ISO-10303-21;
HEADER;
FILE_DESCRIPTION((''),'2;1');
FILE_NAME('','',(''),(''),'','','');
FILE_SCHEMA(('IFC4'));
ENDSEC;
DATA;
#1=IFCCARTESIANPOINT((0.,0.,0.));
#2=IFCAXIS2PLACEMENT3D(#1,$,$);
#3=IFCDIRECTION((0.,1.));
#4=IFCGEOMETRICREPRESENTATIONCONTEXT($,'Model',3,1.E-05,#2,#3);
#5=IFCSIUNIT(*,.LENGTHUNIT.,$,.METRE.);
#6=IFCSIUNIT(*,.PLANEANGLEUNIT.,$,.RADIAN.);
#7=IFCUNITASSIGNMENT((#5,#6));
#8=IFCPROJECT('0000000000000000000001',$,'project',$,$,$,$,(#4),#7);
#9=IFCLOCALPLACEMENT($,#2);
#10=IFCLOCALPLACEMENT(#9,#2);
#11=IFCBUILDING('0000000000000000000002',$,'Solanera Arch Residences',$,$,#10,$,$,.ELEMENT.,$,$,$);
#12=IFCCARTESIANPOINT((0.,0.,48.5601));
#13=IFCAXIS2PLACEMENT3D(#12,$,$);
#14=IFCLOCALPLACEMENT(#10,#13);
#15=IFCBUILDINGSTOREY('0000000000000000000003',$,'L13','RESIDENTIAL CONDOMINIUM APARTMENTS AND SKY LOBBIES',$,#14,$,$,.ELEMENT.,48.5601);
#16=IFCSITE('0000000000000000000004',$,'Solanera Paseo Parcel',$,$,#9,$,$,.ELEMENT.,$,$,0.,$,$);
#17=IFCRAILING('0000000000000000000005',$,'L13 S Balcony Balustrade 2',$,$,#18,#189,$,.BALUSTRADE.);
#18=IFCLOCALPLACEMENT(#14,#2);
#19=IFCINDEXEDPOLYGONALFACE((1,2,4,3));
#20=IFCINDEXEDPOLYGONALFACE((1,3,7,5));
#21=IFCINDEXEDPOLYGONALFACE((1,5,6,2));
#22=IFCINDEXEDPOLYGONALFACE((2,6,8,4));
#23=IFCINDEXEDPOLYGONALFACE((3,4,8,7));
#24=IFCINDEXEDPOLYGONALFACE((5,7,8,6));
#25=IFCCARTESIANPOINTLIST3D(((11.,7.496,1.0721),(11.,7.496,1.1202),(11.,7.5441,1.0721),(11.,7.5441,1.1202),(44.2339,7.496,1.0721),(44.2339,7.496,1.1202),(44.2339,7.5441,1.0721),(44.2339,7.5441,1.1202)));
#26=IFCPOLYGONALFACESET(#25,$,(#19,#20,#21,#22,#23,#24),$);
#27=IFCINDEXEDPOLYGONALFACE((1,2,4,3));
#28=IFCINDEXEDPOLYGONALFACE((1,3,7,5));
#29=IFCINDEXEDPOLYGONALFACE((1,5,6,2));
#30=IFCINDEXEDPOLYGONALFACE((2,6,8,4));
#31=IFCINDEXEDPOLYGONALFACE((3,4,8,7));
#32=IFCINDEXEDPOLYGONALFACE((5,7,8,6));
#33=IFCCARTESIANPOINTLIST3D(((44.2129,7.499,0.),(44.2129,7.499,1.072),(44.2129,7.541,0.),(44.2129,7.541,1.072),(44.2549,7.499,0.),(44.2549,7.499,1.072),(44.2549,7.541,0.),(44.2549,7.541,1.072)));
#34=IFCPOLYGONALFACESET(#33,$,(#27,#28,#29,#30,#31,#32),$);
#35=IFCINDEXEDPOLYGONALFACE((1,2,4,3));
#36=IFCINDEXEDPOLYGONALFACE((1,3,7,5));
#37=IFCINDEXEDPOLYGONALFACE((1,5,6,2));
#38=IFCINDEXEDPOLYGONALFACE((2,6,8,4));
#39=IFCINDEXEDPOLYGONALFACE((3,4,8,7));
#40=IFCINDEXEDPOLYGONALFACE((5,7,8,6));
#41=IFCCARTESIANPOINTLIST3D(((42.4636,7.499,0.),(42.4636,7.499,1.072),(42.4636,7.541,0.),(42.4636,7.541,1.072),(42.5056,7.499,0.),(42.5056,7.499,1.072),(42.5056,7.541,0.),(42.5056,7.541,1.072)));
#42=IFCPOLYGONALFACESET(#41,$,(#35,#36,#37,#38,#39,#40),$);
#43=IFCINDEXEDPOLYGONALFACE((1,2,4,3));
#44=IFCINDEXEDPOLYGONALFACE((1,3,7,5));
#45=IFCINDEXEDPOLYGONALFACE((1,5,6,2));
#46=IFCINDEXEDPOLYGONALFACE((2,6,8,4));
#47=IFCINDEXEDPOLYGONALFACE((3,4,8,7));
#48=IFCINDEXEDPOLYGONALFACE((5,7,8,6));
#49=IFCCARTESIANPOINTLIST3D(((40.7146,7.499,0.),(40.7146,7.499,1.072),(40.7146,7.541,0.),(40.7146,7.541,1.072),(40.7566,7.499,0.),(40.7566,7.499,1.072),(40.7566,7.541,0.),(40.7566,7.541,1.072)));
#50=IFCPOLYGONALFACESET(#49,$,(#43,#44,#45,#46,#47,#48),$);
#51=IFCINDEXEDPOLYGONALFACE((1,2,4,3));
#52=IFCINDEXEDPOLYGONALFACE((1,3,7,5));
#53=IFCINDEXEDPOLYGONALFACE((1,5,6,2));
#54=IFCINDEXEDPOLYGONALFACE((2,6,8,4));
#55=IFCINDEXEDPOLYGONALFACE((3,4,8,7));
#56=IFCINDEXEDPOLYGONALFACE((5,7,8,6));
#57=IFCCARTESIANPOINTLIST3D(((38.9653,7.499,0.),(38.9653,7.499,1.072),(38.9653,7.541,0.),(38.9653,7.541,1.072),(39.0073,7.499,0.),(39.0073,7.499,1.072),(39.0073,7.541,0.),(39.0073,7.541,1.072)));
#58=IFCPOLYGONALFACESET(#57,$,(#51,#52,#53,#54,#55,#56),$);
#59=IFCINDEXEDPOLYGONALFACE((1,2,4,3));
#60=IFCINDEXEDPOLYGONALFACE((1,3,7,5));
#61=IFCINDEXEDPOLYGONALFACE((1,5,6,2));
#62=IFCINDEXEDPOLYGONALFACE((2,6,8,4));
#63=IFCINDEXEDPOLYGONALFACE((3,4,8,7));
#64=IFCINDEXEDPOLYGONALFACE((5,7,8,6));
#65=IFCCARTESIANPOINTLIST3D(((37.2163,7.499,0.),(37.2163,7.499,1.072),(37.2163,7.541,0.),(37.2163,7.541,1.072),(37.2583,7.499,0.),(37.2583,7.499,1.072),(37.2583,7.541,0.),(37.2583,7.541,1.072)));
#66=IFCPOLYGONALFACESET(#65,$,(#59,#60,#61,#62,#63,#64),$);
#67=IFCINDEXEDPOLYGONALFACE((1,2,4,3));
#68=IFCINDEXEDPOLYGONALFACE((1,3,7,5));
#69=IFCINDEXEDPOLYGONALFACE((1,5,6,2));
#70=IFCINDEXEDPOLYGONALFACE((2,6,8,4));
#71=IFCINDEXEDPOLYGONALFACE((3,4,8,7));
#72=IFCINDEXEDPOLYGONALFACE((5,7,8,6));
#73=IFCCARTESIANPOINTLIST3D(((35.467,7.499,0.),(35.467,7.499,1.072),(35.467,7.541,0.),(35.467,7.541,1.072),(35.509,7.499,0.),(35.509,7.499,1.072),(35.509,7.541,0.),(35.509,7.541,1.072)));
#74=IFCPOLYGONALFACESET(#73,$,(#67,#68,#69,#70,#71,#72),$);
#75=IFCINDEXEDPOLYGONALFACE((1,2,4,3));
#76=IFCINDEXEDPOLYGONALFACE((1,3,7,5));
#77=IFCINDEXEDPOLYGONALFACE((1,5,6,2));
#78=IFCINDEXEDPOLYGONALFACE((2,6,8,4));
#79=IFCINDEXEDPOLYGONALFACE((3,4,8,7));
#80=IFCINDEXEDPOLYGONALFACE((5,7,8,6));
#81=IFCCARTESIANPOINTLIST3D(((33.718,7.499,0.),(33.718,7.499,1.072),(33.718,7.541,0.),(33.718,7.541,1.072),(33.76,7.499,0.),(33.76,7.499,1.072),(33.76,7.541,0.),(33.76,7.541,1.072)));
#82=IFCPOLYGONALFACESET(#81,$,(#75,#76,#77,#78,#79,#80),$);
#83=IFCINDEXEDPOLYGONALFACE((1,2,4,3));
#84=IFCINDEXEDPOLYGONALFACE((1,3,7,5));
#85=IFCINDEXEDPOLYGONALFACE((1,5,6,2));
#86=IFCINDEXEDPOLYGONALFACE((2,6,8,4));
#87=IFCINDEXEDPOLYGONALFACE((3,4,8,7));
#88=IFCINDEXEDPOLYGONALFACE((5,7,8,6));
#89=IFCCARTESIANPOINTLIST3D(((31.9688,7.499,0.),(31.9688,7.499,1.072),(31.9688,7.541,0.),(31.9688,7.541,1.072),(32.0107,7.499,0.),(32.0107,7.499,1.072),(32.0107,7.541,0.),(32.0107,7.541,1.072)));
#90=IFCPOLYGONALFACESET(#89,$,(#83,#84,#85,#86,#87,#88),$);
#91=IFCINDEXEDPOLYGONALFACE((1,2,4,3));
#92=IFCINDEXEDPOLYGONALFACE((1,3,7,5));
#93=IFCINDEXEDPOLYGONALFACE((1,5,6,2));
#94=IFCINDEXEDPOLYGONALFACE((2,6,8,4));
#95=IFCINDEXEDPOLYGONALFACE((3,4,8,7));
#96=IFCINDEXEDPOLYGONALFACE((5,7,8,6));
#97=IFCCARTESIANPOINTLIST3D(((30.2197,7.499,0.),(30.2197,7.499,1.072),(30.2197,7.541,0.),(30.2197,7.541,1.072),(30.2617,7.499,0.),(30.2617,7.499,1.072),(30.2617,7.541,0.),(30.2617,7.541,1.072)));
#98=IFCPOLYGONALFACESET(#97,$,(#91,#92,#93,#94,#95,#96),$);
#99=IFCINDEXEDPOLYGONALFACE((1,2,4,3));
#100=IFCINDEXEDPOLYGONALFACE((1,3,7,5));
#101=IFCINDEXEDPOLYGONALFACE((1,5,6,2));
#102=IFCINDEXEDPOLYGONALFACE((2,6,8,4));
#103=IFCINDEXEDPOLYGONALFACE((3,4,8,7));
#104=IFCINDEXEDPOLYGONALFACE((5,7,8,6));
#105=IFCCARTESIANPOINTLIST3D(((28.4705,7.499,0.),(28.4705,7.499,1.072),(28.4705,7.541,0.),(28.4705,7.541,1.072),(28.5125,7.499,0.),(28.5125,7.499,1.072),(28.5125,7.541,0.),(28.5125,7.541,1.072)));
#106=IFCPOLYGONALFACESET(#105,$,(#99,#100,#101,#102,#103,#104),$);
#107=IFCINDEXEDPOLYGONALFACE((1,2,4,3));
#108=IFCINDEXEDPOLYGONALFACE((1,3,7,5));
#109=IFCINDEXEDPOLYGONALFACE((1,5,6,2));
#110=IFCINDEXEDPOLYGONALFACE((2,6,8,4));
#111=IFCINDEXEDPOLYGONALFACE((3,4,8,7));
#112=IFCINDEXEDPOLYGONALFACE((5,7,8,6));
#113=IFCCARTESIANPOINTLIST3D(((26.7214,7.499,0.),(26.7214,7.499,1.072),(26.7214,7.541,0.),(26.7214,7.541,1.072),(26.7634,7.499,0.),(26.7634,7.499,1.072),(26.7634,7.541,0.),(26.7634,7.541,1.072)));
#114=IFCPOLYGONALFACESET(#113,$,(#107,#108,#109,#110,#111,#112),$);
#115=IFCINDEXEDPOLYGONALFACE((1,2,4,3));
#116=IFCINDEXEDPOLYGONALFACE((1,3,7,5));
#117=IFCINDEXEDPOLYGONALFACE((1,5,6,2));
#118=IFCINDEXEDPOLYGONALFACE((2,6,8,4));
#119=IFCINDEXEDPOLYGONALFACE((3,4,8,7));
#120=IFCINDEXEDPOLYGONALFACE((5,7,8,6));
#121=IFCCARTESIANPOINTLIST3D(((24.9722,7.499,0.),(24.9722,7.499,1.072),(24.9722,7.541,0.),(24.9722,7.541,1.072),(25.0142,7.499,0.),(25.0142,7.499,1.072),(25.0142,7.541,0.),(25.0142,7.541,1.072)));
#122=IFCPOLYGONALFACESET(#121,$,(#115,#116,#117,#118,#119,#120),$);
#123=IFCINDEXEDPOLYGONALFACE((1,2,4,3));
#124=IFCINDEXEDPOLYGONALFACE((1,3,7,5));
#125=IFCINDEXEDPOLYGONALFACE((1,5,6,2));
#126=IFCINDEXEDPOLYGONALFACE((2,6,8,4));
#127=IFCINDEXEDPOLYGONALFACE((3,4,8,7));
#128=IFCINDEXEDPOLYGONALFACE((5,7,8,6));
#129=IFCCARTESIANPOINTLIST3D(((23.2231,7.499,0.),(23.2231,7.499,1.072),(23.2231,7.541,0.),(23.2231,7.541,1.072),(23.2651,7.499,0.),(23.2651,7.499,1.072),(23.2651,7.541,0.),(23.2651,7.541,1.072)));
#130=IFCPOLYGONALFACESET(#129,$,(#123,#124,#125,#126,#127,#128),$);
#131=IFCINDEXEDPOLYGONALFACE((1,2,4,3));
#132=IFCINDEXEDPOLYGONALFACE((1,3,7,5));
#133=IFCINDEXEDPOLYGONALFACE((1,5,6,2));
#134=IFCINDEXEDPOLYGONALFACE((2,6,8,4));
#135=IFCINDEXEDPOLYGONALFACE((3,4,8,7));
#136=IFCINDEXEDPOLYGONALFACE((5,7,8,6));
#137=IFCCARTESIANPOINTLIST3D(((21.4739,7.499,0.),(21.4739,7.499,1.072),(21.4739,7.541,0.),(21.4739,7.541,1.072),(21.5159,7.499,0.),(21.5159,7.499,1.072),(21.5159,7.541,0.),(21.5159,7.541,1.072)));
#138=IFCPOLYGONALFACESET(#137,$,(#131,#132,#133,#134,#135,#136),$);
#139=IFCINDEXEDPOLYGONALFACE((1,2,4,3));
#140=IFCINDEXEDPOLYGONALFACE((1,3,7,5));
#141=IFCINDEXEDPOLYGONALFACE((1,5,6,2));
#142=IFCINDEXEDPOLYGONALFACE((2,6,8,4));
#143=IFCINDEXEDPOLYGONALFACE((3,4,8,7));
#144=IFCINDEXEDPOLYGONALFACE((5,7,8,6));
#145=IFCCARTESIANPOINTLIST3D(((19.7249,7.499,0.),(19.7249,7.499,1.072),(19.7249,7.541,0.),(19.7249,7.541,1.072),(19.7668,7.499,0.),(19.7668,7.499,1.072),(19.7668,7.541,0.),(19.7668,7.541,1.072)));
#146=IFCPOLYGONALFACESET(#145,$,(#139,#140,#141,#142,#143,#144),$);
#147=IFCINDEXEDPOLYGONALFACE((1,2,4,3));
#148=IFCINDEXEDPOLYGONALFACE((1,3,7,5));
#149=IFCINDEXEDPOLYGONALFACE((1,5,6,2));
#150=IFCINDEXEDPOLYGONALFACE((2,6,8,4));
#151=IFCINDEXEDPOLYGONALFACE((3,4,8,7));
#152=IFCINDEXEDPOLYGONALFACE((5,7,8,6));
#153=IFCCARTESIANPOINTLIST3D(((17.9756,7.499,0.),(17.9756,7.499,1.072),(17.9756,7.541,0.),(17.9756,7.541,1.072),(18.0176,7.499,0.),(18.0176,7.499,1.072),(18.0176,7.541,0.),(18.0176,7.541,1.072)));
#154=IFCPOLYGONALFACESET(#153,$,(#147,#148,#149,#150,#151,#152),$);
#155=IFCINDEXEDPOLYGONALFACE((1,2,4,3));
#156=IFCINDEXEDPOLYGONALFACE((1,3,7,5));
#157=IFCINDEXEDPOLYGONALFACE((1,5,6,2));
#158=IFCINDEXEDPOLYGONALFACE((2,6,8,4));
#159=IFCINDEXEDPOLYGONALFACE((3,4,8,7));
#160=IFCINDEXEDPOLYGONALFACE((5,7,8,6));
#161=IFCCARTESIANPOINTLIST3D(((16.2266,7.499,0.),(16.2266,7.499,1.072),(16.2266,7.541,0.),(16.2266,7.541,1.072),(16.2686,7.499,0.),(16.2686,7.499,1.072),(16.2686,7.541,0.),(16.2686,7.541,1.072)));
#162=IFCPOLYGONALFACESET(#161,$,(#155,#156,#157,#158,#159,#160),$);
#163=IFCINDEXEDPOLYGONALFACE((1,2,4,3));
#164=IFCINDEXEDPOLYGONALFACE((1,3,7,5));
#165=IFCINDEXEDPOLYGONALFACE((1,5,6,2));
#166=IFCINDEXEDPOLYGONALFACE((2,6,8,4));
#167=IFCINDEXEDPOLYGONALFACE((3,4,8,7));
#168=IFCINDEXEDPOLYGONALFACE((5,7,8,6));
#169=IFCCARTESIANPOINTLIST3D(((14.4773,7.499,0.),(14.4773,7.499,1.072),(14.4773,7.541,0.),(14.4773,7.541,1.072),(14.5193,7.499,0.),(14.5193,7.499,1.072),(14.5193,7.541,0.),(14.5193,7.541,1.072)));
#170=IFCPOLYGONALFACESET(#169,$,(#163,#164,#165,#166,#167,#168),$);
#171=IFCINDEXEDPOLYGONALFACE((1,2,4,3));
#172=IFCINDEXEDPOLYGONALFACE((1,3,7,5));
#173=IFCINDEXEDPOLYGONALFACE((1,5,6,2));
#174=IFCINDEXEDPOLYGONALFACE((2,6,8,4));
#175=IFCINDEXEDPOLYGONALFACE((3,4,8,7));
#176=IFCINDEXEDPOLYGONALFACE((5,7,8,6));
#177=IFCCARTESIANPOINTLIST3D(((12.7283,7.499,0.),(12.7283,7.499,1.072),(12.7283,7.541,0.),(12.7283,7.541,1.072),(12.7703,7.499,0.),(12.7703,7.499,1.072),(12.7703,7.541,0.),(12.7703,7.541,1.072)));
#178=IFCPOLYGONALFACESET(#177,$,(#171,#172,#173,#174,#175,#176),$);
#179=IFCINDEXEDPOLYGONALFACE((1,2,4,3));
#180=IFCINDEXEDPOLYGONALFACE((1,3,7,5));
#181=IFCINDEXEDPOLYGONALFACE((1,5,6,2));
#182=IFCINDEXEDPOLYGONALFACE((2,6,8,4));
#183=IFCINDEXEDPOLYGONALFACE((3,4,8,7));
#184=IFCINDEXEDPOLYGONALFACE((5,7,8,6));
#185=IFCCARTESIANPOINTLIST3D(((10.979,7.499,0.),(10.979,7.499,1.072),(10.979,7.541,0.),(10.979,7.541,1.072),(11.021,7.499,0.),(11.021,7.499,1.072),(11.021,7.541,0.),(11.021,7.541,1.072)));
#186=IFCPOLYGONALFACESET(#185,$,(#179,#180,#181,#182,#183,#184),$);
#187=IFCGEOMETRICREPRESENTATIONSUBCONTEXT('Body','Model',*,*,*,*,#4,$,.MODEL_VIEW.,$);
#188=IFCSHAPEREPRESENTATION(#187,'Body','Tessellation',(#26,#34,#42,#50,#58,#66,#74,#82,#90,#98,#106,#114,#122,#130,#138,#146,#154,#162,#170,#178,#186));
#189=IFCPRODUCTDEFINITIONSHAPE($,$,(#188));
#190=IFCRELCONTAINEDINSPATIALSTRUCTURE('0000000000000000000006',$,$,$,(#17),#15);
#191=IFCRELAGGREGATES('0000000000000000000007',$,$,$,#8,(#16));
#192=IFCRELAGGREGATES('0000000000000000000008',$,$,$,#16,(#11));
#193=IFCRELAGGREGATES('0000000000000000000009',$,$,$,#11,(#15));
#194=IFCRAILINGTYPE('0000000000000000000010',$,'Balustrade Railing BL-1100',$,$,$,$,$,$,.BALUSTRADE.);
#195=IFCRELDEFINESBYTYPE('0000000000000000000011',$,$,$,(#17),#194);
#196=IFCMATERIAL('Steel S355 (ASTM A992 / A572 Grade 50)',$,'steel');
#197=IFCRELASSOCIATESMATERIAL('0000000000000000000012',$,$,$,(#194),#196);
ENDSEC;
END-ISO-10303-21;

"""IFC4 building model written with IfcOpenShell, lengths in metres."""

from ifc_helpers import new_model, si_unit, direction, frame, origin, origin_2d, place, context, subcontext, project, spatial, rectangle, extrude, material, type_object, element, save


model = new_model("IFC4")

# Units and contexts
model_context = context("Model", 3, precision=1e-05, world=origin(), true_north=direction((0.0, 1.0)))
body_context = subcontext(model_context, "Body", "Model", "MODEL_VIEW")
ifc_project = project(units=[si_unit("LENGTHUNIT", "METRE"), si_unit("PLANEANGLEUNIT", "RADIAN")], contexts=[model_context])

# Site, building, storey
site_placement = place(None, origin())
site = spatial("IfcSite", under=ifc_project, at=site_placement, Name="Solanera Paseo Parcel", CompositionType="ELEMENT", RefElevation=0.0)
building_placement = place(site_placement, origin())
building = spatial("IfcBuilding", under=site, at=building_placement, Name="Solanera Arch Residences", CompositionType="ELEMENT")
storey_placement = place(building_placement, frame((0.0, 0.0, 48.5601)))
storey = spatial("IfcBuildingStorey", under=building, at=storey_placement, Name="L13", Description="RESIDENTIAL CONDOMINIUM APARTMENTS AND SKY LOBBIES", CompositionType="ELEMENT", Elevation=48.5601)

# Railing
ifc_material_1 = material(Name="Steel S355 (ASTM A992 / A572 Grade 50)", Category="steel")
railing_type = type_object("IfcRailingType", Name="Balustrade Railing BL-1100", PredefinedType="BALUSTRADE", material=ifc_material_1)
railing_1_placement = place(storey_placement, frame((44.2339, 7.52, 0.0)))
element("IfcRailing", 1, at=railing_1_placement, inside=storey, type_object=railing_type, Name="L13 S Balcony Balustrade 2", PredefinedType="BALUSTRADE", context=body_context, shape_type="SweptSolid", body=[
    extrude(rectangle(XDim=0.0481, YDim=0.0481, at=origin_2d()), frame((0.0, 0.0, 1.0962), z_axis=(-1.0, 0.0, 0.0), x_axis=(0.0, -1.0, 0.0)), (0.0, 0.0, 1.0), 33.2339),
    extrude(rectangle(XDim=0.042, YDim=0.042, at=origin_2d()), origin(), (0.0, 0.0, 1.0), 1.072),
    extrude(rectangle(XDim=0.042, YDim=0.042, at=origin_2d()), frame((-1.7493, 0.0, 0.0)), (0.0, 0.0, 1.0), 1.072),
    extrude(rectangle(XDim=0.042, YDim=0.042, at=origin_2d()), frame((-3.4983, 0.0, 0.0)), (0.0, 0.0, 1.0), 1.072),
    extrude(rectangle(XDim=0.042, YDim=0.042, at=origin_2d()), frame((-5.2476, 0.0, 0.0)), (0.0, 0.0, 1.0), 1.072),
    extrude(rectangle(XDim=0.042, YDim=0.042, at=origin_2d()), frame((-6.9966, 0.0, 0.0)), (0.0, 0.0, 1.0), 1.072),
    extrude(rectangle(XDim=0.042, YDim=0.042, at=origin_2d()), frame((-8.7458, 0.0, 0.0)), (0.0, 0.0, 1.0), 1.072),
    extrude(rectangle(XDim=0.042, YDim=0.042, at=origin_2d()), frame((-10.4949, 0.0, 0.0)), (0.0, 0.0, 1.0), 1.072),
    extrude(rectangle(XDim=0.042, YDim=0.042, at=origin_2d()), frame((-12.2441, 0.0, 0.0)), (0.0, 0.0, 1.0), 1.072),
    extrude(rectangle(XDim=0.042, YDim=0.042, at=origin_2d()), frame((-13.9932, 0.0, 0.0)), (0.0, 0.0, 1.0), 1.072),
    extrude(rectangle(XDim=0.042, YDim=0.042, at=origin_2d()), frame((-15.7424, 0.0, 0.0)), (0.0, 0.0, 1.0), 1.072),
    extrude(rectangle(XDim=0.042, YDim=0.042, at=origin_2d()), frame((-17.4915, 0.0, 0.0)), (0.0, 0.0, 1.0), 1.072),
    extrude(rectangle(XDim=0.042, YDim=0.042, at=origin_2d()), frame((-19.2407, 0.0, 0.0)), (0.0, 0.0, 1.0), 1.072),
    extrude(rectangle(XDim=0.042, YDim=0.042, at=origin_2d()), frame((-20.9897, 0.0, 0.0)), (0.0, 0.0, 1.0), 1.072),
    extrude(rectangle(XDim=0.042, YDim=0.042, at=origin_2d()), frame((-22.739, 0.0, 0.0)), (0.0, 0.0, 1.0), 1.072),
    extrude(rectangle(XDim=0.042, YDim=0.042, at=origin_2d()), frame((-24.488, 0.0, 0.0)), (0.0, 0.0, 1.0), 1.072),
    extrude(rectangle(XDim=0.042, YDim=0.042, at=origin_2d()), frame((-26.2373, 0.0, 0.0)), (0.0, 0.0, 1.0), 1.072),
    extrude(rectangle(XDim=0.042, YDim=0.042, at=origin_2d()), frame((-27.9863, 0.0, 0.0)), (0.0, 0.0, 1.0), 1.072),
    extrude(rectangle(XDim=0.042, YDim=0.042, at=origin_2d()), frame((-29.7356, 0.0, 0.0)), (0.0, 0.0, 1.0), 1.072),
    extrude(rectangle(XDim=0.042, YDim=0.042, at=origin_2d()), frame((-31.4846, 0.0, 0.0)), (0.0, 0.0, 1.0), 1.072),
    extrude(rectangle(XDim=0.042, YDim=0.042, at=origin_2d()), frame((-33.2339, 0.0, 0.0)), (0.0, 0.0, 1.0), 1.072),
])

save(model, "model.ifc")
